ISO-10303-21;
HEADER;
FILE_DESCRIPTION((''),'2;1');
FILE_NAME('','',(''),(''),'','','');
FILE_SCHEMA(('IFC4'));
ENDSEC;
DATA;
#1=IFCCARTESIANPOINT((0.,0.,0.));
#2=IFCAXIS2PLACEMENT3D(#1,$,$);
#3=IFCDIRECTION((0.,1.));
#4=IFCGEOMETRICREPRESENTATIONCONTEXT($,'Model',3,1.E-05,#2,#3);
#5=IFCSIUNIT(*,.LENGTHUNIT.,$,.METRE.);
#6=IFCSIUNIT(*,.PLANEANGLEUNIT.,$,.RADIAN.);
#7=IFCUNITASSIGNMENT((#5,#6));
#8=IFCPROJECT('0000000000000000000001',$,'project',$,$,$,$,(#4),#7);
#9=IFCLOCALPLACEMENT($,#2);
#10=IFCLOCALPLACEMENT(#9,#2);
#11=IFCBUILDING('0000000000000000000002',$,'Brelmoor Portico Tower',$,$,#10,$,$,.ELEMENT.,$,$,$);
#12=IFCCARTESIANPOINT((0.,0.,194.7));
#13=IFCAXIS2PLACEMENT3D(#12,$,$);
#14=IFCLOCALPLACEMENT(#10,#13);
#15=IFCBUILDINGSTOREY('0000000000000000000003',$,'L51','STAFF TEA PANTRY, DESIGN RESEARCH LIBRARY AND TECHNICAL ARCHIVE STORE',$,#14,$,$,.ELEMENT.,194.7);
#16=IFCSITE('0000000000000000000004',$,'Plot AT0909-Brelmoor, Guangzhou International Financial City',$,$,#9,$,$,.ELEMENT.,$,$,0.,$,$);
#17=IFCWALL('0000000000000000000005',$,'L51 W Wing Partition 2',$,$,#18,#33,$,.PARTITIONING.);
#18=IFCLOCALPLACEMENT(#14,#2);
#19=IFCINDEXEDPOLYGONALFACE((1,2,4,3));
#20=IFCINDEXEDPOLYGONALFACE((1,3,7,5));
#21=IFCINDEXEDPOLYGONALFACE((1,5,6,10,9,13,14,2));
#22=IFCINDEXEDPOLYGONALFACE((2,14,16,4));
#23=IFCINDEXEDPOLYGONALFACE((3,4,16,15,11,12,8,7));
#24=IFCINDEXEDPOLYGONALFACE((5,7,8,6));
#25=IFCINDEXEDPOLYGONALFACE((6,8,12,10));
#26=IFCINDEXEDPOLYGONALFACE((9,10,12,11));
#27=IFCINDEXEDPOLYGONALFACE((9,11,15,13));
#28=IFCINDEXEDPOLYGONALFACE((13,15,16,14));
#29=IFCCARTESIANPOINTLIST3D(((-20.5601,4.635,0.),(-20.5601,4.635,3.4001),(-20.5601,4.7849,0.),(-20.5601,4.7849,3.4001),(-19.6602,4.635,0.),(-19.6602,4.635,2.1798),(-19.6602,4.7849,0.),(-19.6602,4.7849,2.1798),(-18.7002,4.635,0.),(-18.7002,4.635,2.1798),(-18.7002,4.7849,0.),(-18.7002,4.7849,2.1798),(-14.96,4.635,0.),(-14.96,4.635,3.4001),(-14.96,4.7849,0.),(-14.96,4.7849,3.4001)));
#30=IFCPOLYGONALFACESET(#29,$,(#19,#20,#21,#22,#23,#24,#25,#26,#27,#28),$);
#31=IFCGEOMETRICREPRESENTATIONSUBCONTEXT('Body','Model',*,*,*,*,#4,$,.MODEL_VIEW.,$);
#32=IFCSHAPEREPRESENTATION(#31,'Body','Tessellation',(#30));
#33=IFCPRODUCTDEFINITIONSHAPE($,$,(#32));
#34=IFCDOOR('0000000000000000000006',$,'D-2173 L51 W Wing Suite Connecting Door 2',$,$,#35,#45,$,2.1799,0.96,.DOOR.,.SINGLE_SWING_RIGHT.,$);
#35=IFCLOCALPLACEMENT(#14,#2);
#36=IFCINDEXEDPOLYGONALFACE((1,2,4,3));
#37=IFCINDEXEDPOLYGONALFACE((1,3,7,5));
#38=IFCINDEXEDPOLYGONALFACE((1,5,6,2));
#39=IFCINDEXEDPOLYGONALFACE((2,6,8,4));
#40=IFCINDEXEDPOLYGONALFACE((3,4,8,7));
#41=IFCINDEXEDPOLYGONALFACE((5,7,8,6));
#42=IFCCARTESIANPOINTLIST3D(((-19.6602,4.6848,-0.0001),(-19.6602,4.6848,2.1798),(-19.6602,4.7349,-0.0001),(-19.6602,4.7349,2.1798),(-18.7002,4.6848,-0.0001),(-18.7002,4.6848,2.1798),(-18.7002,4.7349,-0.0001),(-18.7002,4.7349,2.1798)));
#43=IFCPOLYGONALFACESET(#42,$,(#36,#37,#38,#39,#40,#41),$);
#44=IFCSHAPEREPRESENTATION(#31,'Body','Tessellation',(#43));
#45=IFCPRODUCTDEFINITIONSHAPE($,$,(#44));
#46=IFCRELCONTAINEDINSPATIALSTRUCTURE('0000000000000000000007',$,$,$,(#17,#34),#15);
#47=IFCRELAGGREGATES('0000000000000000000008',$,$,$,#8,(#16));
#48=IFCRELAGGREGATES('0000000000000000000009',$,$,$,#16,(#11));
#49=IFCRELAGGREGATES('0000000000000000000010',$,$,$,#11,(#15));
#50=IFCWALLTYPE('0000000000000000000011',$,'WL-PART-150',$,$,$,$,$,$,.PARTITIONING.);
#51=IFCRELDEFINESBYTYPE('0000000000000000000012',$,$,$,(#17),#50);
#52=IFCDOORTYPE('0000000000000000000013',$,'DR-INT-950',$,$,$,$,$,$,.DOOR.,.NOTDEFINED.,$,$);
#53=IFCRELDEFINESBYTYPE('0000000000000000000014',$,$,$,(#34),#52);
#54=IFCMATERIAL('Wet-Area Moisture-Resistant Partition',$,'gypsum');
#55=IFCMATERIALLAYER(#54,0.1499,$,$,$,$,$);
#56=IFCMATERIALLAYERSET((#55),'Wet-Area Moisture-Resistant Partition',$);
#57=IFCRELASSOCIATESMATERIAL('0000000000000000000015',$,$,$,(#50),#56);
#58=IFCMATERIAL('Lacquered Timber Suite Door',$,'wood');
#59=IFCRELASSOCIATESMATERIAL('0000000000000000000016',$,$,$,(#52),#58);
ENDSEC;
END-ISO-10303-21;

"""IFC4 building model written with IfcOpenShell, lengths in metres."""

from ifc_helpers import new_model, si_unit, direction, frame, frame_2d, origin, place, context, subcontext, project, spatial, rectangle, extrude, material, layer, layer_set, type_object, element, fill, save


model = new_model("IFC4")

# Units and contexts
model_context = context("Model", 3, precision=1e-05, world=origin(), true_north=direction((0.0, 1.0)))
body_context = subcontext(model_context, "Body", "Model", "MODEL_VIEW")
ifc_project = project(units=[si_unit("LENGTHUNIT", "METRE"), si_unit("PLANEANGLEUNIT", "RADIAN")], contexts=[model_context])

# Site, building, storey
site_placement = place(None, origin())
site = spatial("IfcSite", under=ifc_project, at=site_placement, Name="Plot AT0909-Brelmoor, Guangzhou International Financial City", CompositionType="ELEMENT", RefElevation=0.0)
building_placement = place(site_placement, origin())
building = spatial("IfcBuilding", under=site, at=building_placement, Name="Brelmoor Portico Tower", CompositionType="ELEMENT")
storey_placement = place(building_placement, frame((0.0, 0.0, 194.7)))
storey = spatial("IfcBuildingStorey", under=building, at=storey_placement, Name="L51", Description="STAFF TEA PANTRY, DESIGN RESEARCH LIBRARY AND TECHNICAL ARCHIVE STORE", CompositionType="ELEMENT", Elevation=194.7)

# Wall, opening, door
ifc_material_1 = material(Name="Wet-Area Moisture-Resistant Partition", Category="gypsum")
ifc_layer_1 = layer(ifc_material_1, 0.1499)
ifc_layer_set_1 = layer_set([ifc_layer_1], Name="Wet-Area Moisture-Resistant Partition")
wall_type = type_object("IfcWallType", Name="WL-PART-150", PredefinedType="PARTITIONING", material=ifc_layer_set_1)
wall_1_placement = place(storey_placement, frame((-20.5601, 4.71, 0.0), z_axis=(0.0, 0.0, 1.0), x_axis=(1.0, 0.0, 0.0)))
wall_1 = element("IfcWall", 1, at=wall_1_placement, inside=storey, type_object=wall_type, Name="L51 W Wing Partition 2", PredefinedType="PARTITIONING", context=body_context, shape_type="SweptSolid", body=[
    extrude(rectangle(XDim=5.6001, YDim=0.1499, at=frame_2d((2.8, 0.0))), origin(), (0.0, 0.0, 1.0), 3.4001),
])
opening_1_placement = place(wall_1_placement, frame((0.8999, 0.0, 0.0)))
opening_1 = element("IfcOpeningElement", 2, at=opening_1_placement, cuts=wall_1, PredefinedType="OPENING", context=body_context, shape_type="SweptSolid", body=[
    extrude(rectangle(XDim=0.96, YDim=2.1799, at=frame_2d((0.48, 1.0898))), frame((0.0, 0.085, 0.0), z_axis=(0.0, -1.0, 0.0), x_axis=(1.0, 0.0, 0.0)), (0.0, 0.0, 1.0), 0.1699),
])
ifc_material_2 = material(Name="Lacquered Timber Suite Door", Category="wood")
door_type_1 = type_object("IfcDoorType", Name="DR-INT-950", OperationType="NOTDEFINED", PredefinedType="DOOR", material=ifc_material_2)
door_1_placement = place(opening_1_placement, origin())
door_1 = element("IfcDoor", 3, at=door_1_placement, inside=storey, type_object=door_type_1, Name="D-2173 L51 W Wing Suite Connecting Door 2", OperationType="SINGLE_SWING_RIGHT", OverallHeight=2.1799, OverallWidth=0.96, PredefinedType="DOOR", context=body_context, shape_type="SweptSolid", body=[
    extrude(rectangle(XDim=0.96, YDim=2.1799, at=frame_2d((0.48, 1.0898))), frame((0.0, 0.0249, 0.0), z_axis=(0.0, -1.0, 0.0), x_axis=(1.0, 0.0, 0.0)), (0.0, 0.0, 1.0), 0.05),
])
fill(opening_1, door_1)

save(model, "model.ifc")
